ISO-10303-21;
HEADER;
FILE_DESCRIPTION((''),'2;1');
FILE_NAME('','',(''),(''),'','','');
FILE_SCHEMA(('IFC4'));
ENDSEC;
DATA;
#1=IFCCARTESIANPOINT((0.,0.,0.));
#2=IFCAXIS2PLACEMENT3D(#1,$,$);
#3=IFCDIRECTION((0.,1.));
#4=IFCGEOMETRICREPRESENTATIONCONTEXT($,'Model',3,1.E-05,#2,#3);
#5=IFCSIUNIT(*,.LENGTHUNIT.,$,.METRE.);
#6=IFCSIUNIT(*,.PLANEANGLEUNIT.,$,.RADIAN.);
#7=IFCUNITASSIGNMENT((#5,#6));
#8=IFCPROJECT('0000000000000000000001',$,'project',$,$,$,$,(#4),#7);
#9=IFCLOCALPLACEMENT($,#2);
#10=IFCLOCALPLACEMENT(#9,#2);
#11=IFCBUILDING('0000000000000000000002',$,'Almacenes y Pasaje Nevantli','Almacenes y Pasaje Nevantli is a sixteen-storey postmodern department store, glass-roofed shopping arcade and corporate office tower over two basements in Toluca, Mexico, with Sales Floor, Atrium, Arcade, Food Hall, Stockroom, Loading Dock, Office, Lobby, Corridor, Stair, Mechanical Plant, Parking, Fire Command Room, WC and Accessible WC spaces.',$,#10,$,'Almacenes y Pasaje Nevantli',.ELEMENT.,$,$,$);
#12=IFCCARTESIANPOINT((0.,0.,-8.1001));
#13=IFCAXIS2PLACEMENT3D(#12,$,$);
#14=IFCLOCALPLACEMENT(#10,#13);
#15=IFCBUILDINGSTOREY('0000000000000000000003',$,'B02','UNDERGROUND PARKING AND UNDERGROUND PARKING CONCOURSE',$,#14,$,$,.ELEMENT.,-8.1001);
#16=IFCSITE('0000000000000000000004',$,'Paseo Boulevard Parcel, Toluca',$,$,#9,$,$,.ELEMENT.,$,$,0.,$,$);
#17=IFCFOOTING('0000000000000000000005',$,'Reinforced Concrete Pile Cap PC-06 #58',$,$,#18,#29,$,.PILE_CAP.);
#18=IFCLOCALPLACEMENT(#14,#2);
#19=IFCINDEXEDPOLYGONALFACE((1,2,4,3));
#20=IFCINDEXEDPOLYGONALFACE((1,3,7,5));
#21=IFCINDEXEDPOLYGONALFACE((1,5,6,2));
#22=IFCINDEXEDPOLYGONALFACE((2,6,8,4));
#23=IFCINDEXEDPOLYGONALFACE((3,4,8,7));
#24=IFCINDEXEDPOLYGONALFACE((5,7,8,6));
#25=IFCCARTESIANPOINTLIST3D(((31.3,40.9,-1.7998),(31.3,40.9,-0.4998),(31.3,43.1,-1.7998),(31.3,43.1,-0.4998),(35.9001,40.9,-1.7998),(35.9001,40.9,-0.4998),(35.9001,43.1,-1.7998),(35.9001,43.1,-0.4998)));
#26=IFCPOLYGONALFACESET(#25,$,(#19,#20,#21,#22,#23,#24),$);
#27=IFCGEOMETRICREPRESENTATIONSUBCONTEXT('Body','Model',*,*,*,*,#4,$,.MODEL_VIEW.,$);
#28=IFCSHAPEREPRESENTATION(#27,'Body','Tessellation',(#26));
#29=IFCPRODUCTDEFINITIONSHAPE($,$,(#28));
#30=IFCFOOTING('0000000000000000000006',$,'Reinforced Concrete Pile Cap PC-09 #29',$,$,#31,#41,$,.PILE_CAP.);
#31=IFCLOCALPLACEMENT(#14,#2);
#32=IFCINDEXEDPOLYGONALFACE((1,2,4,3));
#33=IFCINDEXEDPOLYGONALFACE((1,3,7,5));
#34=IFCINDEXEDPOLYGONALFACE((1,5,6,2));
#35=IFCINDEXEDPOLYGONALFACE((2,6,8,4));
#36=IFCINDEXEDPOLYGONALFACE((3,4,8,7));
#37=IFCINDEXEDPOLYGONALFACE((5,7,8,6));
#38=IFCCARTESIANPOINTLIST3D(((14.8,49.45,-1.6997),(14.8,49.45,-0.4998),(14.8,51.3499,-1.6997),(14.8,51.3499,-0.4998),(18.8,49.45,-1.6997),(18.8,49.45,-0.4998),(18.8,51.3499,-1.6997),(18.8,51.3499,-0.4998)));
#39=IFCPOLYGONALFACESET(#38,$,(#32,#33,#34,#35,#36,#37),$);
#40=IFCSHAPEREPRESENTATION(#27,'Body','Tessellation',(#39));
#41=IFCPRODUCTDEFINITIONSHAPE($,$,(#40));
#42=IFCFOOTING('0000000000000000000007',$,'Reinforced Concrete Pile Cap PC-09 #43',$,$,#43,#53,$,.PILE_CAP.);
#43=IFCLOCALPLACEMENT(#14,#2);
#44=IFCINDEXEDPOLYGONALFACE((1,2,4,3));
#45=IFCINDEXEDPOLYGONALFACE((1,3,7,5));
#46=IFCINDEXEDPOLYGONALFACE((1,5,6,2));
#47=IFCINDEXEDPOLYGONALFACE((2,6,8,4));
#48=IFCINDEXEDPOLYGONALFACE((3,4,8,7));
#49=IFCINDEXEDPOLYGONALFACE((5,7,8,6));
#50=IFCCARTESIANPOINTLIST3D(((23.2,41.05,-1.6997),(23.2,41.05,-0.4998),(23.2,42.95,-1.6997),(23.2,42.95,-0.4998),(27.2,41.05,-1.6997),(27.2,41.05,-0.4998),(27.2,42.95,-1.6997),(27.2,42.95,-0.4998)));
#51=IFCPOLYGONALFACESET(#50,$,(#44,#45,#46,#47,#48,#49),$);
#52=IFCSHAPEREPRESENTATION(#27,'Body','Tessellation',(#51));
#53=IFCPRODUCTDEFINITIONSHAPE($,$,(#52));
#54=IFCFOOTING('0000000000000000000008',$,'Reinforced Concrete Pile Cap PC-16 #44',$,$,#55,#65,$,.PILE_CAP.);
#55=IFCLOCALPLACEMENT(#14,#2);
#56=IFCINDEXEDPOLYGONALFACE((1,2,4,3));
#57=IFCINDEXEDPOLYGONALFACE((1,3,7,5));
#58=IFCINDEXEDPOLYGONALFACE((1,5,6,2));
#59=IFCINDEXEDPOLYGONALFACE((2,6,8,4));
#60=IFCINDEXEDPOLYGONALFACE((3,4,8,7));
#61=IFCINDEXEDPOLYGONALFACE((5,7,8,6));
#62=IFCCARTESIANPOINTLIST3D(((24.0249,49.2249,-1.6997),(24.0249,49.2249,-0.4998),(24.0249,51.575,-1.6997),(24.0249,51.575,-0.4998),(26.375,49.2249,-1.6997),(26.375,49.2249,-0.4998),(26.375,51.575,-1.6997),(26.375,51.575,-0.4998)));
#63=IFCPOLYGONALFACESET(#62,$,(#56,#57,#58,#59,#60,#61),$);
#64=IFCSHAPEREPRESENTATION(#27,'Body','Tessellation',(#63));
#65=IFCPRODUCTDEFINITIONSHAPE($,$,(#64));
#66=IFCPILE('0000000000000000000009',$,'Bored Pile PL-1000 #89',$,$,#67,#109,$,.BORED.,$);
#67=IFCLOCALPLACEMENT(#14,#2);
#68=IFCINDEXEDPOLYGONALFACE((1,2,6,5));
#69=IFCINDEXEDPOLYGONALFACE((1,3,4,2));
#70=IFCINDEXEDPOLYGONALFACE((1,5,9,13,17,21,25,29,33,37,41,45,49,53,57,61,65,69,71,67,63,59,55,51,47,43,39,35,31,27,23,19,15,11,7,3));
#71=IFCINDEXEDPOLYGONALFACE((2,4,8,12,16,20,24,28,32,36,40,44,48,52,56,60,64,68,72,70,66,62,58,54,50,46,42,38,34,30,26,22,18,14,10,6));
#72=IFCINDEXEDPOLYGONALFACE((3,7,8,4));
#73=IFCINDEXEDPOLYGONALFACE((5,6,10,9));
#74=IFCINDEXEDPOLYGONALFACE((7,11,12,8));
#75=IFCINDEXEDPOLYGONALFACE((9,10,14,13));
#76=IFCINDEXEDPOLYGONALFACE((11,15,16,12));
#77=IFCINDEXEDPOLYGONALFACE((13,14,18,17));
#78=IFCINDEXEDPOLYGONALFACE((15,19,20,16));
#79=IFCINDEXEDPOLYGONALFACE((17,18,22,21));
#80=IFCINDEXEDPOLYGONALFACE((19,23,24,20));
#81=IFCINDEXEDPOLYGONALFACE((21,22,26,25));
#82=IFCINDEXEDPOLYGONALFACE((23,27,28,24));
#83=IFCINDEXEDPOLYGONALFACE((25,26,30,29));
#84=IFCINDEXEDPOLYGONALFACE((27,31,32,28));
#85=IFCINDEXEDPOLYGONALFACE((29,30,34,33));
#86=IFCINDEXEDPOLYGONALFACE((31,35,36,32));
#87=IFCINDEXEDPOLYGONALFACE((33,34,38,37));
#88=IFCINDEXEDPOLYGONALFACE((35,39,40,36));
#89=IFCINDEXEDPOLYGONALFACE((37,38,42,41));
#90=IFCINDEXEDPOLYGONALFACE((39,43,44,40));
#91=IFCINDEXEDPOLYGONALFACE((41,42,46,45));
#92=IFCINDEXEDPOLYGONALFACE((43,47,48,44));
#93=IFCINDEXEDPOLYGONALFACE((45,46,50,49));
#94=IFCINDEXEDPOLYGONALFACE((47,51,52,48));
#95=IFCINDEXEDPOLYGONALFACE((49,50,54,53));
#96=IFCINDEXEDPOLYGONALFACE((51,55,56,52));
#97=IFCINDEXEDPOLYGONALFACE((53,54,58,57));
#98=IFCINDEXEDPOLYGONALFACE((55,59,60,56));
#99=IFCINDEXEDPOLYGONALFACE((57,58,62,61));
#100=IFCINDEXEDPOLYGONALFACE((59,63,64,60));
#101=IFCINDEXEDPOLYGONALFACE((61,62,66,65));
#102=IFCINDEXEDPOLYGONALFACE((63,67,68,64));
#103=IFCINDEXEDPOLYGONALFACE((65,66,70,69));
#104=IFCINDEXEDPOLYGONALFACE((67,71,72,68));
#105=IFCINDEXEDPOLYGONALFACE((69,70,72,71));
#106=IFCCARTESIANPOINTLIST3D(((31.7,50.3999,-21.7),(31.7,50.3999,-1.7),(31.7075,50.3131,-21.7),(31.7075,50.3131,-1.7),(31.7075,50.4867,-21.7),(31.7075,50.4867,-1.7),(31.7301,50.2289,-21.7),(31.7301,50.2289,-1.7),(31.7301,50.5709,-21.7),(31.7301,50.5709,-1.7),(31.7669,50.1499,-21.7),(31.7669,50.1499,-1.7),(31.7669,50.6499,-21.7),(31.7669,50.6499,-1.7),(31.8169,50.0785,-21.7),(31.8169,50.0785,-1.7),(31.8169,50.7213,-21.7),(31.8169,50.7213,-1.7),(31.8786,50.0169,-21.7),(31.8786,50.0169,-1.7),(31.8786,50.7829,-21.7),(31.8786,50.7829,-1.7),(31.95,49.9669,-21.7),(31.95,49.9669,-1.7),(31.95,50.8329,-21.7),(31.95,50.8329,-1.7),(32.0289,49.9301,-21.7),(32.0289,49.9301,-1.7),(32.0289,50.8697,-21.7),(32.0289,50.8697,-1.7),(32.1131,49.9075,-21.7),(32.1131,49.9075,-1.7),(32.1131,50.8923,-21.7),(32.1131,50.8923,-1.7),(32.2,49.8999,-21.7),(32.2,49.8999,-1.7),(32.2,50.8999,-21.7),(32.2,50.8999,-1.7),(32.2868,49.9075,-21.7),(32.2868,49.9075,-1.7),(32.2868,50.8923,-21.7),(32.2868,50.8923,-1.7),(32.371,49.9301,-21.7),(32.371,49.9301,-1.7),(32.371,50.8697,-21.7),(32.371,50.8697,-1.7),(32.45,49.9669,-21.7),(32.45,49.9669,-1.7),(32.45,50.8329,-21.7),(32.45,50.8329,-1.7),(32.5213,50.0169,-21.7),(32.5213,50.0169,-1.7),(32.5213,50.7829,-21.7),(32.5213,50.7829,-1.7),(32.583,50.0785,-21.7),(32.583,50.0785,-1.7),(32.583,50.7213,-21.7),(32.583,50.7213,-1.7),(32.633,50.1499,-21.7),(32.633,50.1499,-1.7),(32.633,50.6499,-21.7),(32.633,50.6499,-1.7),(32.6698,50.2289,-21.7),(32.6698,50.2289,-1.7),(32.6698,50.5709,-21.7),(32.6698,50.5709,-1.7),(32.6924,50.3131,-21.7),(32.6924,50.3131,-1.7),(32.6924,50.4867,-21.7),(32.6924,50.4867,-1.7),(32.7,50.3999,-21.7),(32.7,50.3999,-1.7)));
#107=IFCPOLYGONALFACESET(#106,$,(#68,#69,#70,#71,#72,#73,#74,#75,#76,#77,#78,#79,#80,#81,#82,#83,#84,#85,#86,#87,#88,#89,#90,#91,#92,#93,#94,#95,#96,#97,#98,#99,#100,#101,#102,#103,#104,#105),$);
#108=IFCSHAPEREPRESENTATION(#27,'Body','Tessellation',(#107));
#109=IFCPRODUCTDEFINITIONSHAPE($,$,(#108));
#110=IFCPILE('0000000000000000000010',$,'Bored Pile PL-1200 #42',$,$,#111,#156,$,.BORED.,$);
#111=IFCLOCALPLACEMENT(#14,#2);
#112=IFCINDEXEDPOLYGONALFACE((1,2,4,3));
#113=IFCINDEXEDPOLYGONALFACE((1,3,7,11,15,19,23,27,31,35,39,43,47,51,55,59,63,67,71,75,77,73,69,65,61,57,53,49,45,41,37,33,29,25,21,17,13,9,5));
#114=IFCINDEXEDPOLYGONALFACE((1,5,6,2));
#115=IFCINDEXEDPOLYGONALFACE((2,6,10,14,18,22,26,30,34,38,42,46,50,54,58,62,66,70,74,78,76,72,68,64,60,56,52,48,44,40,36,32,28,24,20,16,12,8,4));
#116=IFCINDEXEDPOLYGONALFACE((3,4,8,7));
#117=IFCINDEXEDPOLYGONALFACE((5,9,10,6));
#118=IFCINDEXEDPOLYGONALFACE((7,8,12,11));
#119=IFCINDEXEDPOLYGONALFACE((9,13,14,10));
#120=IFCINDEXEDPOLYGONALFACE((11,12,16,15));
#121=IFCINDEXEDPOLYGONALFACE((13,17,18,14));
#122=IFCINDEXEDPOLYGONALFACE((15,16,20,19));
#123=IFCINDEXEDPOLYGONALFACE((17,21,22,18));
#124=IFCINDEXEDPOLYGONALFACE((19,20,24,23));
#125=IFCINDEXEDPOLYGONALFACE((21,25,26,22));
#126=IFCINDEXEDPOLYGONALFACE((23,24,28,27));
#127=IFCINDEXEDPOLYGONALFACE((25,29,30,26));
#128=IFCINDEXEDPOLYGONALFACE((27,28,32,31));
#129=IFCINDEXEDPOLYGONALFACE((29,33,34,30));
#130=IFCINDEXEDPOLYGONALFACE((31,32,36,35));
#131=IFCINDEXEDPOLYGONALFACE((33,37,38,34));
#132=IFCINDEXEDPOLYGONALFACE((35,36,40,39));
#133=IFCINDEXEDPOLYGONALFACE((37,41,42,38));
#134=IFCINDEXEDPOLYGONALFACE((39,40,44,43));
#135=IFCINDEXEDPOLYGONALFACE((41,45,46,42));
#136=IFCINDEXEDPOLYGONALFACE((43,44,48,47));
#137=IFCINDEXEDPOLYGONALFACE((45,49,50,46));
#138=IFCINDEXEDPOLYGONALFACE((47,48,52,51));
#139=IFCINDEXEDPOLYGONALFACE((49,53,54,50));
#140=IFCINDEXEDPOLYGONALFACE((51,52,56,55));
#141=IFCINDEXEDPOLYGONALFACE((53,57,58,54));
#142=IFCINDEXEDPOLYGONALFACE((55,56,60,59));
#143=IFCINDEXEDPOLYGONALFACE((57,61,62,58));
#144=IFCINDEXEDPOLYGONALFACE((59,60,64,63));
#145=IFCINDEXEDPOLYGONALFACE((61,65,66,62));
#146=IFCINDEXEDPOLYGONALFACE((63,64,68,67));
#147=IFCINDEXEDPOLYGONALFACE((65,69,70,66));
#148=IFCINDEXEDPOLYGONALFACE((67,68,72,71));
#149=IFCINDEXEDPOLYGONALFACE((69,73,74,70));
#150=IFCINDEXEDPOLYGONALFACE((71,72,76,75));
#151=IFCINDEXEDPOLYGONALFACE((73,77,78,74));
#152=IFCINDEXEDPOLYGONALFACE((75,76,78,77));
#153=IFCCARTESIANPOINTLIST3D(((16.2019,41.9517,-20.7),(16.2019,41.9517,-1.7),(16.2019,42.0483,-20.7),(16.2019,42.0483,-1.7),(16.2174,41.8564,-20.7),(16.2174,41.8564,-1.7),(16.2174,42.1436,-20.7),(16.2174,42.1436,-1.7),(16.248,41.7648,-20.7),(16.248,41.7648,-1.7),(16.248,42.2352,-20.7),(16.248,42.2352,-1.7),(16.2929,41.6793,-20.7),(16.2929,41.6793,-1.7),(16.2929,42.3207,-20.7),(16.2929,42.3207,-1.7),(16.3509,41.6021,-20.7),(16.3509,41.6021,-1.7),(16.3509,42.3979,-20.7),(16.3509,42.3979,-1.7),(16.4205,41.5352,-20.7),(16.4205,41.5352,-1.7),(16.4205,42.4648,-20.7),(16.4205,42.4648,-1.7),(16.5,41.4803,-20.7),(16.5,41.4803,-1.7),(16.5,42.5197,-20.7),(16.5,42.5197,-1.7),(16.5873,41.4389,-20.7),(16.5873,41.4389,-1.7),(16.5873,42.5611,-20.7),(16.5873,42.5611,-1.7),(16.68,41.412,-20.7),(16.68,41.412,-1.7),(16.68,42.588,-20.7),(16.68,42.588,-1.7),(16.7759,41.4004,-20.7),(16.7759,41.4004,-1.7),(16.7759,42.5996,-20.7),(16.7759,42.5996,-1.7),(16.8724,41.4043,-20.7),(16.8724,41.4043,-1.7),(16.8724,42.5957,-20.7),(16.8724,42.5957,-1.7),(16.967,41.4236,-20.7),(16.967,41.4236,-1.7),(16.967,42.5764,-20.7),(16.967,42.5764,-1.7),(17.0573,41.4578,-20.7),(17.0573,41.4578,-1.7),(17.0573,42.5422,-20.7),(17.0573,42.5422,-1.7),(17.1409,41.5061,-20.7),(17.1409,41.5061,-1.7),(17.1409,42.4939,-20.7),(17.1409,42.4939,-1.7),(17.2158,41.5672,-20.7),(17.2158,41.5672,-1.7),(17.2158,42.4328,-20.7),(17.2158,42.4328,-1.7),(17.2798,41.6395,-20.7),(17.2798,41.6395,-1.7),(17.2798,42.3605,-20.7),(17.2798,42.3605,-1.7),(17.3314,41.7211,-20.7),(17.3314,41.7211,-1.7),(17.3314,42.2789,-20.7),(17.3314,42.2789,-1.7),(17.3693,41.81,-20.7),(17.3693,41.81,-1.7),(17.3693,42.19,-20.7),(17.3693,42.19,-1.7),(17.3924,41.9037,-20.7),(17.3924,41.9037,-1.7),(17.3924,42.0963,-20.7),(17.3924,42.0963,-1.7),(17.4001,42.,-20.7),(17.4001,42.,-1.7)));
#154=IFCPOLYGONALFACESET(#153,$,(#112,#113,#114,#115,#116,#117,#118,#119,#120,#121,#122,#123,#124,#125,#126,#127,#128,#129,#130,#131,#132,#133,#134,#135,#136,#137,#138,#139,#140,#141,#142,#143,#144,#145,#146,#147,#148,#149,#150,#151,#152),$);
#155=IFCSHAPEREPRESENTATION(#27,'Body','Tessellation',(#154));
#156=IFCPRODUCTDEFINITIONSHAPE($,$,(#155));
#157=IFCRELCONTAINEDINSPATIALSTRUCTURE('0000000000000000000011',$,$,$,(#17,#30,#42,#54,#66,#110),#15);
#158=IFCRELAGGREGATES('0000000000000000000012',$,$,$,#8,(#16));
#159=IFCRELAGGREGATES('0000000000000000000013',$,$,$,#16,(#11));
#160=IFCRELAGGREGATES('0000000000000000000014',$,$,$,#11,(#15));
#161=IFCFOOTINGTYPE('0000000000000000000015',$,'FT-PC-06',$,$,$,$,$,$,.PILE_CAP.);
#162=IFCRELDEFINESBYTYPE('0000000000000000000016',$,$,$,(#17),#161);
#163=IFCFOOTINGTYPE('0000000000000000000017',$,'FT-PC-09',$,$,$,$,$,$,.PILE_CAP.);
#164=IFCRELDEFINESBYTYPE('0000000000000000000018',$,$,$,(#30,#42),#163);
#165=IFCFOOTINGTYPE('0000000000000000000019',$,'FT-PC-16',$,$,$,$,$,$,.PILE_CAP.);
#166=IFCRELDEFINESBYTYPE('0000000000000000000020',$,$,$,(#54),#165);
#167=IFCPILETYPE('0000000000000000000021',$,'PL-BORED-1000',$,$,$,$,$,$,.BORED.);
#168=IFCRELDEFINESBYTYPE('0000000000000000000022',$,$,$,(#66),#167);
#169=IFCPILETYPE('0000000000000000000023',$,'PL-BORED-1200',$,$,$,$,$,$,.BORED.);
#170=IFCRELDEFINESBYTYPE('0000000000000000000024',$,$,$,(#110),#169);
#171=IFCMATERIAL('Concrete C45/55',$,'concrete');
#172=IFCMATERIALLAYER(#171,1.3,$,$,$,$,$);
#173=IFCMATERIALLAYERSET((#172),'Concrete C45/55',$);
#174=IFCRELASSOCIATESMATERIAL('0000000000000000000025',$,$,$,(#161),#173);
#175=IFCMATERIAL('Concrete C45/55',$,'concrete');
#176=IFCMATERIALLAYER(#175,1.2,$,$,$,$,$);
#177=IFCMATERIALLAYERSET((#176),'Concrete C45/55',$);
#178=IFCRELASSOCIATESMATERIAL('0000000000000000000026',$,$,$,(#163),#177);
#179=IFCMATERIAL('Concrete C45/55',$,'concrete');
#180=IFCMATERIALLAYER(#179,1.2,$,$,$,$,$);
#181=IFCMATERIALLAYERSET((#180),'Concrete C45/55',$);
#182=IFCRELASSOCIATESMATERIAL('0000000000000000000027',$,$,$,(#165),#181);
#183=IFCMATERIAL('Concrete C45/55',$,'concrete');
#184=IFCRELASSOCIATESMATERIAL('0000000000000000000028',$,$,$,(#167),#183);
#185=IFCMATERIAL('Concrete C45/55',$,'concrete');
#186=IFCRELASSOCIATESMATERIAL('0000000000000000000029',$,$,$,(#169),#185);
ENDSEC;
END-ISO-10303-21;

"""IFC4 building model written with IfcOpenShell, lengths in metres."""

from ifc_helpers import new_model, si_unit, direction, frame, origin, origin_2d, place, context, subcontext, project, spatial, rectangle, circle, extrude, material, layer, layer_set, material_profile, profile_set, type_object, element, save


model = new_model("IFC4")

# Units and contexts
model_context = context("Model", 3, precision=1e-05, world=origin(), true_north=direction((0.0, 1.0)))
body_context = subcontext(model_context, "Body", "Model", "MODEL_VIEW")
ifc_project = project(units=[si_unit("LENGTHUNIT", "METRE"), si_unit("PLANEANGLEUNIT", "RADIAN")], contexts=[model_context])

# Site, building, storey
site_placement = place(None, origin())
site = spatial("IfcSite", under=ifc_project, at=site_placement, Name="Paseo Boulevard Parcel, Toluca", CompositionType="ELEMENT", RefElevation=0.0)
building_placement = place(site_placement, origin())
building = spatial("IfcBuilding", under=site, at=building_placement, Name="Almacenes y Pasaje Nevantli", Description="Almacenes y Pasaje Nevantli is a sixteen-storey postmodern department store, glass-roofed shopping arcade and corporate office tower over two basements in Toluca, Mexico, with Sales Floor, Atrium, Arcade, Food Hall, Stockroom, Loading Dock, Office, Lobby, Corridor, Stair, Mechanical Plant, Parking, Fire Command Room, WC and Accessible WC spaces.", LongName="Almacenes y Pasaje Nevantli", CompositionType="ELEMENT")
storey_placement = place(building_placement, frame((0.0, 0.0, -8.1001)))
storey = spatial("IfcBuildingStorey", under=building, at=storey_placement, Name="B02", Description="UNDERGROUND PARKING AND UNDERGROUND PARKING CONCOURSE", CompositionType="ELEMENT", Elevation=-8.1001)

# Footings
ifc_material_1 = material(Name="Concrete C45/55", Category="concrete")
ifc_layer_1 = layer(ifc_material_1, 1.3)
ifc_layer_set_1 = layer_set([ifc_layer_1], Name="Concrete C45/55")
footing_type_1 = type_object("IfcFootingType", Name="FT-PC-06", PredefinedType="PILE_CAP", material=ifc_layer_set_1)
footing_1_placement = place(storey_placement, frame((33.6001, 42.0, -1.7998), z_axis=(0.0, 0.0, 1.0), x_axis=(1.0, 0.0, 0.0)))
element("IfcFooting", 1, at=footing_1_placement, inside=storey, type_object=footing_type_1, Name="Reinforced Concrete Pile Cap PC-06 #58", PredefinedType="PILE_CAP", context=body_context, shape_type="SweptSolid", body=[
    extrude(rectangle(XDim=4.6001, YDim=2.2, at=origin_2d()), origin(), (0.0, 0.0, 1.0), 1.3),
])
ifc_material_2 = material(Name="Concrete C45/55", Category="concrete")
ifc_layer_2 = layer(ifc_material_2, 1.2)
ifc_layer_set_2 = layer_set([ifc_layer_2], Name="Concrete C45/55")
footing_type_2 = type_object("IfcFootingType", Name="FT-PC-09", PredefinedType="PILE_CAP", material=ifc_layer_set_2)
for number, where, z_axis, x_axis, name in (
    (2, (16.8, 50.3999, -1.6997), (0.0, 0.0, 1.0), (1.0, 0.0, 0.0), "Reinforced Concrete Pile Cap PC-09 #29"),
    (3, (25.2, 42.0, -1.6997), (0.0, 0.0, 1.0), (1.0, 0.0, 0.0), "Reinforced Concrete Pile Cap PC-09 #43"),
):
    element("IfcFooting", number, at=place(storey_placement, frame(where, z_axis=z_axis, x_axis=x_axis)), inside=storey, type_object=footing_type_2, Name=name, PredefinedType="PILE_CAP", context=body_context, shape_type="SweptSolid", body=[
        extrude(rectangle(XDim=4.0, YDim=1.8999, at=origin_2d()), origin(), (0.0, 0.0, 1.0), 1.2),
    ])
ifc_material_3 = material(Name="Concrete C45/55", Category="concrete")
ifc_layer_3 = layer(ifc_material_3, 1.2)
ifc_layer_set_3 = layer_set([ifc_layer_3], Name="Concrete C45/55")
footing_type_3 = type_object("IfcFootingType", Name="FT-PC-16", PredefinedType="PILE_CAP", material=ifc_layer_set_3)
footing_2_placement = place(storey_placement, frame((25.2, 50.3999, -1.6997), z_axis=(0.0, 0.0, 1.0), x_axis=(1.0, 0.0, 0.0)))
element("IfcFooting", 4, at=footing_2_placement, inside=storey, type_object=footing_type_3, Name="Reinforced Concrete Pile Cap PC-16 #44", PredefinedType="PILE_CAP", context=body_context, shape_type="SweptSolid", body=[
    extrude(rectangle(XDim=2.3501, YDim=2.3501, at=origin_2d()), origin(), (0.0, 0.0, 1.0), 1.2),
])

# Piles
ifc_material_4 = material(Name="Concrete C45/55", Category="concrete")
ifc_material_profile_1 = material_profile(ifc_material_4, circle(Radius=0.5, at=origin_2d()), Name="RC-PILE-D1000")
ifc_profile_set_1 = profile_set([ifc_material_profile_1], Name="Concrete C45/55")
pile_type_1 = type_object("IfcPileType", Name="PL-BORED-1000", PredefinedType="BORED", material=ifc_profile_set_1)
pile_1_placement = place(storey_placement, frame((32.2, 50.3999, -1.7), z_axis=(0.0, 0.0, -1.0), x_axis=(1.0, 0.0, 0.0)))
element("IfcPile", 5, at=pile_1_placement, inside=storey, type_object=pile_type_1, Name="Bored Pile PL-1000 #89", PredefinedType="BORED", context=body_context, shape_type="SweptSolid", body=[
    extrude(circle(Radius=0.5, at=origin_2d()), origin(), (0.0, 0.0, 1.0), 20.0),
])
ifc_material_5 = material(Name="Concrete C45/55", Category="concrete")
ifc_material_profile_2 = material_profile(ifc_material_5, circle(Radius=0.6001, at=origin_2d()), Name="RC-PILE-D1200")
ifc_profile_set_2 = profile_set([ifc_material_profile_2], Name="Concrete C45/55")
pile_type_2 = type_object("IfcPileType", Name="PL-BORED-1200", PredefinedType="BORED", material=ifc_profile_set_2)
for number, where, z_axis, x_axis, name in (
    (6, (16.8, 42.0, -1.7), (0.0, 0.0, -1.0), (1.0, 0.0, 0.0), "Bored Pile PL-1200 #42"),
):
    element("IfcPile", number, at=place(storey_placement, frame(where, z_axis=z_axis, x_axis=x_axis)), inside=storey, type_object=pile_type_2, Name=name, PredefinedType="BORED", context=body_context, shape_type="SweptSolid", body=[
        extrude(circle(Radius=0.6001, at=origin_2d()), origin(), (0.0, 0.0, 1.0), 19.0),
    ])

save(model, "model.ifc")
